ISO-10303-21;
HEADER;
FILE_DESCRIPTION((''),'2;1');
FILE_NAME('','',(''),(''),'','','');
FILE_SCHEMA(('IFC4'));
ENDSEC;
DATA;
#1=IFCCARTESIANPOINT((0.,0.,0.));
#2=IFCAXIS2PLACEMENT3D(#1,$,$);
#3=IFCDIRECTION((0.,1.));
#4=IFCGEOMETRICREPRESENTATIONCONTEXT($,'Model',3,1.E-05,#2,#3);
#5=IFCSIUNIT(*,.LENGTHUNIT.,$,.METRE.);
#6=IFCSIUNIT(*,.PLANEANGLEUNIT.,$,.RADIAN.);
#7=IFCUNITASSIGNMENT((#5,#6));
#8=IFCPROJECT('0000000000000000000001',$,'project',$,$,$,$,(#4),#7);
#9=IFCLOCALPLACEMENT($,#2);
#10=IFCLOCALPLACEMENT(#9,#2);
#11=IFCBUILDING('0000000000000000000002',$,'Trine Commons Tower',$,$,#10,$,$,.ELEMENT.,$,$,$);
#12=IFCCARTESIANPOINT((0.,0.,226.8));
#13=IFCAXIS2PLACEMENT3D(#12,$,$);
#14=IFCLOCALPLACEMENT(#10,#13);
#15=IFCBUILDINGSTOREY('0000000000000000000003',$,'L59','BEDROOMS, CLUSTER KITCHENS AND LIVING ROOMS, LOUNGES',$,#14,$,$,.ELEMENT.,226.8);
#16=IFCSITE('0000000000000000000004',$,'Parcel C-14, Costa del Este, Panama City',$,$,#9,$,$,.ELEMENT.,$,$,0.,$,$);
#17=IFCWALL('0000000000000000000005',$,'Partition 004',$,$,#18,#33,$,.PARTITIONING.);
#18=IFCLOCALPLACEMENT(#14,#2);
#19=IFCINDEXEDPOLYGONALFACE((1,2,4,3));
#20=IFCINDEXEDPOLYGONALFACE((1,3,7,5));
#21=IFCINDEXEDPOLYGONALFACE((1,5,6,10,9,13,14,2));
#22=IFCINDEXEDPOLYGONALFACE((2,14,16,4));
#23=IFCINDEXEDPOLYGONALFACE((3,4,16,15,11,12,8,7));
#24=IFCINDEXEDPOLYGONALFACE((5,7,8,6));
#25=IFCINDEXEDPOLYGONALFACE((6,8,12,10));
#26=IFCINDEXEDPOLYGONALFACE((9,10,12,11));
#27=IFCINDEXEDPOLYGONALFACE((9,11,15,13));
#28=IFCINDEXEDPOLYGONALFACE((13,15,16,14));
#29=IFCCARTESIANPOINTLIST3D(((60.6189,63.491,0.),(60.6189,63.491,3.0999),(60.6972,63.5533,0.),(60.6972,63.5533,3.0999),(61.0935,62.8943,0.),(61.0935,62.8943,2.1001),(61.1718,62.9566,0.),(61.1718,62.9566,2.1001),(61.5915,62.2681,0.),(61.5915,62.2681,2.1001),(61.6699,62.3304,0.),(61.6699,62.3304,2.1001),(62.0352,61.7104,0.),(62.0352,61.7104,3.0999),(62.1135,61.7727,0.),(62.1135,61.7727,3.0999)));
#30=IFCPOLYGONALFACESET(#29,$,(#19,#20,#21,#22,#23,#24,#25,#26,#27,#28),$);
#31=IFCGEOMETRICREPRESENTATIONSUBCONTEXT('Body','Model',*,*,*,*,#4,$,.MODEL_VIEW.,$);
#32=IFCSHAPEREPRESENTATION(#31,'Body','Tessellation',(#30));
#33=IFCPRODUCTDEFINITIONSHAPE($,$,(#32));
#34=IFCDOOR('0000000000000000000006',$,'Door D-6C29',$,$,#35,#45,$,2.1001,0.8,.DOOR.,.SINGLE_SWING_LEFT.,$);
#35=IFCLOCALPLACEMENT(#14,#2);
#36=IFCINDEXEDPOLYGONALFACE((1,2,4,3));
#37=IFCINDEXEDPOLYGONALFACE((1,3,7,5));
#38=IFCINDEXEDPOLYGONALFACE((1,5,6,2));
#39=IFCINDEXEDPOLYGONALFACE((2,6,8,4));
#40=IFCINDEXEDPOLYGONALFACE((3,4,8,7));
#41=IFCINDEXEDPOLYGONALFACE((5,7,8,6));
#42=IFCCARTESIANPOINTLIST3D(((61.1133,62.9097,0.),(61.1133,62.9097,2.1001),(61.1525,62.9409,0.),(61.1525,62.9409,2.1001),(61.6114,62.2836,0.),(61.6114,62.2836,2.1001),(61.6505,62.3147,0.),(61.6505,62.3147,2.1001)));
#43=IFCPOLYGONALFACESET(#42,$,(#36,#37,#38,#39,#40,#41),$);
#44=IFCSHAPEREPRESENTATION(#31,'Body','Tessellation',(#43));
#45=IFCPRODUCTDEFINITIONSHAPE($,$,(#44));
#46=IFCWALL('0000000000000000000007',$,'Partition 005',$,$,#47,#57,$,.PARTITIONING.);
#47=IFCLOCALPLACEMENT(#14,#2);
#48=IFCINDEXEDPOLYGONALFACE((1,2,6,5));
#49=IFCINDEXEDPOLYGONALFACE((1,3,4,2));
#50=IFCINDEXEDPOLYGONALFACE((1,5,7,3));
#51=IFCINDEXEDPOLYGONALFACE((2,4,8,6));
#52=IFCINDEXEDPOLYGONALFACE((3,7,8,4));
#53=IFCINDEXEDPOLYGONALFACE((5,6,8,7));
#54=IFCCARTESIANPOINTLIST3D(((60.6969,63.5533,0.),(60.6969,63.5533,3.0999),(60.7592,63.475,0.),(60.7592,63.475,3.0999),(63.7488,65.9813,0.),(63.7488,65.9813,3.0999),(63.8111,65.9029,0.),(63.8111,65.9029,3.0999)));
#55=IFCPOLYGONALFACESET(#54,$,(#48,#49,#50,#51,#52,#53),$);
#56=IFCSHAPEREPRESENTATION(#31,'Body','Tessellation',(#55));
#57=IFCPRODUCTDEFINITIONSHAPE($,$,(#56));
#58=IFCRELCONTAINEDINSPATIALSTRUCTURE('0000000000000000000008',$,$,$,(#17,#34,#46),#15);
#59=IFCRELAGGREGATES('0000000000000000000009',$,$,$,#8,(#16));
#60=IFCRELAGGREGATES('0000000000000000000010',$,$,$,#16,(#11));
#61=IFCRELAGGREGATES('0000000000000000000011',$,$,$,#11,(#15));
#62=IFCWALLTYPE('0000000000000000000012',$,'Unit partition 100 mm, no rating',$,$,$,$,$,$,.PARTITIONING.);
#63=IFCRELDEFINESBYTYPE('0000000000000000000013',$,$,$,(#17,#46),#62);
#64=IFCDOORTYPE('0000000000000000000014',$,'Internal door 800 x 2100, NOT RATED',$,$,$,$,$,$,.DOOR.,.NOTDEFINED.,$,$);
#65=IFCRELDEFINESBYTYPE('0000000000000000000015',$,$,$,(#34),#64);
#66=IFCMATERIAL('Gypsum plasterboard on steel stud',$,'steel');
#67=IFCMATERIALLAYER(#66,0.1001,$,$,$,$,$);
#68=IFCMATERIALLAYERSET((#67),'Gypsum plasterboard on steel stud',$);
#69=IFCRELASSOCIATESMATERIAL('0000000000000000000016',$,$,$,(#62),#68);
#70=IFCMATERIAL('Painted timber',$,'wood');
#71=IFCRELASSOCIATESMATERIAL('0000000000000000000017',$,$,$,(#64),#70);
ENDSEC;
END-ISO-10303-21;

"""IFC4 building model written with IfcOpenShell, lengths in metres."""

from ifc_helpers import new_model, si_unit, direction, frame, frame_2d, origin, place, context, subcontext, project, spatial, rectangle, extrude, material, layer, layer_set, type_object, element, fill, save


model = new_model("IFC4")

# Units and contexts
model_context = context("Model", 3, precision=1e-05, world=origin(), true_north=direction((0.0, 1.0)))
body_context = subcontext(model_context, "Body", "Model", "MODEL_VIEW")
ifc_project = project(units=[si_unit("LENGTHUNIT", "METRE"), si_unit("PLANEANGLEUNIT", "RADIAN")], contexts=[model_context])

# Site, building, storey
site_placement = place(None, origin())
site = spatial("IfcSite", under=ifc_project, at=site_placement, Name="Parcel C-14, Costa del Este, Panama City", CompositionType="ELEMENT", RefElevation=0.0)
building_placement = place(site_placement, origin())
building = spatial("IfcBuilding", under=site, at=building_placement, Name="Trine Commons Tower", CompositionType="ELEMENT")
storey_placement = place(building_placement, frame((0.0, 0.0, 226.8)))
storey = spatial("IfcBuildingStorey", under=building, at=storey_placement, Name="L59", Description="BEDROOMS, CLUSTER KITCHENS AND LIVING ROOMS, LOUNGES", CompositionType="ELEMENT", Elevation=226.8)

# Shared definitions
ifc_material_1 = material(Name="Gypsum plasterboard on steel stud", Category="steel")

# Wall, opening, door
ifc_layer_1 = layer(ifc_material_1, 0.1001)
ifc_layer_set_1 = layer_set([ifc_layer_1], Name="Gypsum plasterboard on steel stud")
wall_type_1 = type_object("IfcWallType", Name="Unit partition 100 mm, no rating", PredefinedType="PARTITIONING", material=ifc_layer_set_1)
wall_1_placement = place(storey_placement, frame((60.658, 63.5222, 0.0), z_axis=(0.0, 0.0, 1.0), x_axis=(0.622507, -0.782614, 0.0)))
wall_1 = element("IfcWall", 1, at=wall_1_placement, inside=storey, type_object=wall_type_1, Name="Partition 004", PredefinedType="PARTITIONING", context=body_context, shape_type="SweptSolid", body=[
    extrude(rectangle(XDim=2.2751, YDim=0.1001, at=frame_2d((1.1377, 0.0))), origin(), (0.0, 0.0, 1.0), 3.0999),
])
opening_1_placement = place(wall_1_placement, frame((0.7627, 0.0, 0.0)))
opening_1 = element("IfcOpeningElement", 2, at=opening_1_placement, cuts=wall_1, PredefinedType="OPENING", context=body_context, shape_type="SweptSolid", body=[
    extrude(rectangle(XDim=0.8, YDim=2.1001, at=frame_2d((0.3999, 1.05))), frame((0.0, 0.0601, 0.0), z_axis=(0.0, -1.0, 0.0), x_axis=(1.0, 0.0, 0.0)), (0.0, 0.0, 1.0), 0.1201),
])
ifc_material_2 = material(Name="Painted timber", Category="wood")
door_type_1 = type_object("IfcDoorType", Name="Internal door 800 x 2100, NOT RATED", OperationType="NOTDEFINED", PredefinedType="DOOR", material=ifc_material_2)
door_1_placement = place(opening_1_placement, frame((0.8, 0.0, 0.0), z_axis=(0.0, 0.0, 1.0), x_axis=(-1.0, 0.0, 0.0)))
door_1 = element("IfcDoor", 3, at=door_1_placement, inside=storey, type_object=door_type_1, Name="Door D-6C29", OperationType="SINGLE_SWING_LEFT", OverallHeight=2.1001, OverallWidth=0.8, PredefinedType="DOOR", context=body_context, shape_type="SweptSolid", body=[
    extrude(rectangle(XDim=0.8, YDim=2.1001, at=frame_2d((0.3999, 1.05))), frame((0.0, 0.0249, 0.0), z_axis=(0.0, -1.0, 0.0), x_axis=(1.0, 0.0, 0.0)), (0.0, 0.0, 1.0), 0.05),
])
fill(opening_1, door_1)

# Wall
wall_2_placement = place(storey_placement, frame((60.728, 63.5142, 0.0), z_axis=(0.0, 0.0, 1.0), x_axis=(0.78257, 0.622563, 0.0)))
element("IfcWall", 4, at=wall_2_placement, inside=storey, type_object=wall_type_1, Name="Partition 005", PredefinedType="PARTITIONING", context=body_context, shape_type="SweptSolid", body=[
    extrude(rectangle(XDim=3.8999, YDim=0.1001, at=frame_2d((1.95, 0.0))), origin(), (0.0, 0.0, 1.0), 3.0999),
])

save(model, "model.ifc")
